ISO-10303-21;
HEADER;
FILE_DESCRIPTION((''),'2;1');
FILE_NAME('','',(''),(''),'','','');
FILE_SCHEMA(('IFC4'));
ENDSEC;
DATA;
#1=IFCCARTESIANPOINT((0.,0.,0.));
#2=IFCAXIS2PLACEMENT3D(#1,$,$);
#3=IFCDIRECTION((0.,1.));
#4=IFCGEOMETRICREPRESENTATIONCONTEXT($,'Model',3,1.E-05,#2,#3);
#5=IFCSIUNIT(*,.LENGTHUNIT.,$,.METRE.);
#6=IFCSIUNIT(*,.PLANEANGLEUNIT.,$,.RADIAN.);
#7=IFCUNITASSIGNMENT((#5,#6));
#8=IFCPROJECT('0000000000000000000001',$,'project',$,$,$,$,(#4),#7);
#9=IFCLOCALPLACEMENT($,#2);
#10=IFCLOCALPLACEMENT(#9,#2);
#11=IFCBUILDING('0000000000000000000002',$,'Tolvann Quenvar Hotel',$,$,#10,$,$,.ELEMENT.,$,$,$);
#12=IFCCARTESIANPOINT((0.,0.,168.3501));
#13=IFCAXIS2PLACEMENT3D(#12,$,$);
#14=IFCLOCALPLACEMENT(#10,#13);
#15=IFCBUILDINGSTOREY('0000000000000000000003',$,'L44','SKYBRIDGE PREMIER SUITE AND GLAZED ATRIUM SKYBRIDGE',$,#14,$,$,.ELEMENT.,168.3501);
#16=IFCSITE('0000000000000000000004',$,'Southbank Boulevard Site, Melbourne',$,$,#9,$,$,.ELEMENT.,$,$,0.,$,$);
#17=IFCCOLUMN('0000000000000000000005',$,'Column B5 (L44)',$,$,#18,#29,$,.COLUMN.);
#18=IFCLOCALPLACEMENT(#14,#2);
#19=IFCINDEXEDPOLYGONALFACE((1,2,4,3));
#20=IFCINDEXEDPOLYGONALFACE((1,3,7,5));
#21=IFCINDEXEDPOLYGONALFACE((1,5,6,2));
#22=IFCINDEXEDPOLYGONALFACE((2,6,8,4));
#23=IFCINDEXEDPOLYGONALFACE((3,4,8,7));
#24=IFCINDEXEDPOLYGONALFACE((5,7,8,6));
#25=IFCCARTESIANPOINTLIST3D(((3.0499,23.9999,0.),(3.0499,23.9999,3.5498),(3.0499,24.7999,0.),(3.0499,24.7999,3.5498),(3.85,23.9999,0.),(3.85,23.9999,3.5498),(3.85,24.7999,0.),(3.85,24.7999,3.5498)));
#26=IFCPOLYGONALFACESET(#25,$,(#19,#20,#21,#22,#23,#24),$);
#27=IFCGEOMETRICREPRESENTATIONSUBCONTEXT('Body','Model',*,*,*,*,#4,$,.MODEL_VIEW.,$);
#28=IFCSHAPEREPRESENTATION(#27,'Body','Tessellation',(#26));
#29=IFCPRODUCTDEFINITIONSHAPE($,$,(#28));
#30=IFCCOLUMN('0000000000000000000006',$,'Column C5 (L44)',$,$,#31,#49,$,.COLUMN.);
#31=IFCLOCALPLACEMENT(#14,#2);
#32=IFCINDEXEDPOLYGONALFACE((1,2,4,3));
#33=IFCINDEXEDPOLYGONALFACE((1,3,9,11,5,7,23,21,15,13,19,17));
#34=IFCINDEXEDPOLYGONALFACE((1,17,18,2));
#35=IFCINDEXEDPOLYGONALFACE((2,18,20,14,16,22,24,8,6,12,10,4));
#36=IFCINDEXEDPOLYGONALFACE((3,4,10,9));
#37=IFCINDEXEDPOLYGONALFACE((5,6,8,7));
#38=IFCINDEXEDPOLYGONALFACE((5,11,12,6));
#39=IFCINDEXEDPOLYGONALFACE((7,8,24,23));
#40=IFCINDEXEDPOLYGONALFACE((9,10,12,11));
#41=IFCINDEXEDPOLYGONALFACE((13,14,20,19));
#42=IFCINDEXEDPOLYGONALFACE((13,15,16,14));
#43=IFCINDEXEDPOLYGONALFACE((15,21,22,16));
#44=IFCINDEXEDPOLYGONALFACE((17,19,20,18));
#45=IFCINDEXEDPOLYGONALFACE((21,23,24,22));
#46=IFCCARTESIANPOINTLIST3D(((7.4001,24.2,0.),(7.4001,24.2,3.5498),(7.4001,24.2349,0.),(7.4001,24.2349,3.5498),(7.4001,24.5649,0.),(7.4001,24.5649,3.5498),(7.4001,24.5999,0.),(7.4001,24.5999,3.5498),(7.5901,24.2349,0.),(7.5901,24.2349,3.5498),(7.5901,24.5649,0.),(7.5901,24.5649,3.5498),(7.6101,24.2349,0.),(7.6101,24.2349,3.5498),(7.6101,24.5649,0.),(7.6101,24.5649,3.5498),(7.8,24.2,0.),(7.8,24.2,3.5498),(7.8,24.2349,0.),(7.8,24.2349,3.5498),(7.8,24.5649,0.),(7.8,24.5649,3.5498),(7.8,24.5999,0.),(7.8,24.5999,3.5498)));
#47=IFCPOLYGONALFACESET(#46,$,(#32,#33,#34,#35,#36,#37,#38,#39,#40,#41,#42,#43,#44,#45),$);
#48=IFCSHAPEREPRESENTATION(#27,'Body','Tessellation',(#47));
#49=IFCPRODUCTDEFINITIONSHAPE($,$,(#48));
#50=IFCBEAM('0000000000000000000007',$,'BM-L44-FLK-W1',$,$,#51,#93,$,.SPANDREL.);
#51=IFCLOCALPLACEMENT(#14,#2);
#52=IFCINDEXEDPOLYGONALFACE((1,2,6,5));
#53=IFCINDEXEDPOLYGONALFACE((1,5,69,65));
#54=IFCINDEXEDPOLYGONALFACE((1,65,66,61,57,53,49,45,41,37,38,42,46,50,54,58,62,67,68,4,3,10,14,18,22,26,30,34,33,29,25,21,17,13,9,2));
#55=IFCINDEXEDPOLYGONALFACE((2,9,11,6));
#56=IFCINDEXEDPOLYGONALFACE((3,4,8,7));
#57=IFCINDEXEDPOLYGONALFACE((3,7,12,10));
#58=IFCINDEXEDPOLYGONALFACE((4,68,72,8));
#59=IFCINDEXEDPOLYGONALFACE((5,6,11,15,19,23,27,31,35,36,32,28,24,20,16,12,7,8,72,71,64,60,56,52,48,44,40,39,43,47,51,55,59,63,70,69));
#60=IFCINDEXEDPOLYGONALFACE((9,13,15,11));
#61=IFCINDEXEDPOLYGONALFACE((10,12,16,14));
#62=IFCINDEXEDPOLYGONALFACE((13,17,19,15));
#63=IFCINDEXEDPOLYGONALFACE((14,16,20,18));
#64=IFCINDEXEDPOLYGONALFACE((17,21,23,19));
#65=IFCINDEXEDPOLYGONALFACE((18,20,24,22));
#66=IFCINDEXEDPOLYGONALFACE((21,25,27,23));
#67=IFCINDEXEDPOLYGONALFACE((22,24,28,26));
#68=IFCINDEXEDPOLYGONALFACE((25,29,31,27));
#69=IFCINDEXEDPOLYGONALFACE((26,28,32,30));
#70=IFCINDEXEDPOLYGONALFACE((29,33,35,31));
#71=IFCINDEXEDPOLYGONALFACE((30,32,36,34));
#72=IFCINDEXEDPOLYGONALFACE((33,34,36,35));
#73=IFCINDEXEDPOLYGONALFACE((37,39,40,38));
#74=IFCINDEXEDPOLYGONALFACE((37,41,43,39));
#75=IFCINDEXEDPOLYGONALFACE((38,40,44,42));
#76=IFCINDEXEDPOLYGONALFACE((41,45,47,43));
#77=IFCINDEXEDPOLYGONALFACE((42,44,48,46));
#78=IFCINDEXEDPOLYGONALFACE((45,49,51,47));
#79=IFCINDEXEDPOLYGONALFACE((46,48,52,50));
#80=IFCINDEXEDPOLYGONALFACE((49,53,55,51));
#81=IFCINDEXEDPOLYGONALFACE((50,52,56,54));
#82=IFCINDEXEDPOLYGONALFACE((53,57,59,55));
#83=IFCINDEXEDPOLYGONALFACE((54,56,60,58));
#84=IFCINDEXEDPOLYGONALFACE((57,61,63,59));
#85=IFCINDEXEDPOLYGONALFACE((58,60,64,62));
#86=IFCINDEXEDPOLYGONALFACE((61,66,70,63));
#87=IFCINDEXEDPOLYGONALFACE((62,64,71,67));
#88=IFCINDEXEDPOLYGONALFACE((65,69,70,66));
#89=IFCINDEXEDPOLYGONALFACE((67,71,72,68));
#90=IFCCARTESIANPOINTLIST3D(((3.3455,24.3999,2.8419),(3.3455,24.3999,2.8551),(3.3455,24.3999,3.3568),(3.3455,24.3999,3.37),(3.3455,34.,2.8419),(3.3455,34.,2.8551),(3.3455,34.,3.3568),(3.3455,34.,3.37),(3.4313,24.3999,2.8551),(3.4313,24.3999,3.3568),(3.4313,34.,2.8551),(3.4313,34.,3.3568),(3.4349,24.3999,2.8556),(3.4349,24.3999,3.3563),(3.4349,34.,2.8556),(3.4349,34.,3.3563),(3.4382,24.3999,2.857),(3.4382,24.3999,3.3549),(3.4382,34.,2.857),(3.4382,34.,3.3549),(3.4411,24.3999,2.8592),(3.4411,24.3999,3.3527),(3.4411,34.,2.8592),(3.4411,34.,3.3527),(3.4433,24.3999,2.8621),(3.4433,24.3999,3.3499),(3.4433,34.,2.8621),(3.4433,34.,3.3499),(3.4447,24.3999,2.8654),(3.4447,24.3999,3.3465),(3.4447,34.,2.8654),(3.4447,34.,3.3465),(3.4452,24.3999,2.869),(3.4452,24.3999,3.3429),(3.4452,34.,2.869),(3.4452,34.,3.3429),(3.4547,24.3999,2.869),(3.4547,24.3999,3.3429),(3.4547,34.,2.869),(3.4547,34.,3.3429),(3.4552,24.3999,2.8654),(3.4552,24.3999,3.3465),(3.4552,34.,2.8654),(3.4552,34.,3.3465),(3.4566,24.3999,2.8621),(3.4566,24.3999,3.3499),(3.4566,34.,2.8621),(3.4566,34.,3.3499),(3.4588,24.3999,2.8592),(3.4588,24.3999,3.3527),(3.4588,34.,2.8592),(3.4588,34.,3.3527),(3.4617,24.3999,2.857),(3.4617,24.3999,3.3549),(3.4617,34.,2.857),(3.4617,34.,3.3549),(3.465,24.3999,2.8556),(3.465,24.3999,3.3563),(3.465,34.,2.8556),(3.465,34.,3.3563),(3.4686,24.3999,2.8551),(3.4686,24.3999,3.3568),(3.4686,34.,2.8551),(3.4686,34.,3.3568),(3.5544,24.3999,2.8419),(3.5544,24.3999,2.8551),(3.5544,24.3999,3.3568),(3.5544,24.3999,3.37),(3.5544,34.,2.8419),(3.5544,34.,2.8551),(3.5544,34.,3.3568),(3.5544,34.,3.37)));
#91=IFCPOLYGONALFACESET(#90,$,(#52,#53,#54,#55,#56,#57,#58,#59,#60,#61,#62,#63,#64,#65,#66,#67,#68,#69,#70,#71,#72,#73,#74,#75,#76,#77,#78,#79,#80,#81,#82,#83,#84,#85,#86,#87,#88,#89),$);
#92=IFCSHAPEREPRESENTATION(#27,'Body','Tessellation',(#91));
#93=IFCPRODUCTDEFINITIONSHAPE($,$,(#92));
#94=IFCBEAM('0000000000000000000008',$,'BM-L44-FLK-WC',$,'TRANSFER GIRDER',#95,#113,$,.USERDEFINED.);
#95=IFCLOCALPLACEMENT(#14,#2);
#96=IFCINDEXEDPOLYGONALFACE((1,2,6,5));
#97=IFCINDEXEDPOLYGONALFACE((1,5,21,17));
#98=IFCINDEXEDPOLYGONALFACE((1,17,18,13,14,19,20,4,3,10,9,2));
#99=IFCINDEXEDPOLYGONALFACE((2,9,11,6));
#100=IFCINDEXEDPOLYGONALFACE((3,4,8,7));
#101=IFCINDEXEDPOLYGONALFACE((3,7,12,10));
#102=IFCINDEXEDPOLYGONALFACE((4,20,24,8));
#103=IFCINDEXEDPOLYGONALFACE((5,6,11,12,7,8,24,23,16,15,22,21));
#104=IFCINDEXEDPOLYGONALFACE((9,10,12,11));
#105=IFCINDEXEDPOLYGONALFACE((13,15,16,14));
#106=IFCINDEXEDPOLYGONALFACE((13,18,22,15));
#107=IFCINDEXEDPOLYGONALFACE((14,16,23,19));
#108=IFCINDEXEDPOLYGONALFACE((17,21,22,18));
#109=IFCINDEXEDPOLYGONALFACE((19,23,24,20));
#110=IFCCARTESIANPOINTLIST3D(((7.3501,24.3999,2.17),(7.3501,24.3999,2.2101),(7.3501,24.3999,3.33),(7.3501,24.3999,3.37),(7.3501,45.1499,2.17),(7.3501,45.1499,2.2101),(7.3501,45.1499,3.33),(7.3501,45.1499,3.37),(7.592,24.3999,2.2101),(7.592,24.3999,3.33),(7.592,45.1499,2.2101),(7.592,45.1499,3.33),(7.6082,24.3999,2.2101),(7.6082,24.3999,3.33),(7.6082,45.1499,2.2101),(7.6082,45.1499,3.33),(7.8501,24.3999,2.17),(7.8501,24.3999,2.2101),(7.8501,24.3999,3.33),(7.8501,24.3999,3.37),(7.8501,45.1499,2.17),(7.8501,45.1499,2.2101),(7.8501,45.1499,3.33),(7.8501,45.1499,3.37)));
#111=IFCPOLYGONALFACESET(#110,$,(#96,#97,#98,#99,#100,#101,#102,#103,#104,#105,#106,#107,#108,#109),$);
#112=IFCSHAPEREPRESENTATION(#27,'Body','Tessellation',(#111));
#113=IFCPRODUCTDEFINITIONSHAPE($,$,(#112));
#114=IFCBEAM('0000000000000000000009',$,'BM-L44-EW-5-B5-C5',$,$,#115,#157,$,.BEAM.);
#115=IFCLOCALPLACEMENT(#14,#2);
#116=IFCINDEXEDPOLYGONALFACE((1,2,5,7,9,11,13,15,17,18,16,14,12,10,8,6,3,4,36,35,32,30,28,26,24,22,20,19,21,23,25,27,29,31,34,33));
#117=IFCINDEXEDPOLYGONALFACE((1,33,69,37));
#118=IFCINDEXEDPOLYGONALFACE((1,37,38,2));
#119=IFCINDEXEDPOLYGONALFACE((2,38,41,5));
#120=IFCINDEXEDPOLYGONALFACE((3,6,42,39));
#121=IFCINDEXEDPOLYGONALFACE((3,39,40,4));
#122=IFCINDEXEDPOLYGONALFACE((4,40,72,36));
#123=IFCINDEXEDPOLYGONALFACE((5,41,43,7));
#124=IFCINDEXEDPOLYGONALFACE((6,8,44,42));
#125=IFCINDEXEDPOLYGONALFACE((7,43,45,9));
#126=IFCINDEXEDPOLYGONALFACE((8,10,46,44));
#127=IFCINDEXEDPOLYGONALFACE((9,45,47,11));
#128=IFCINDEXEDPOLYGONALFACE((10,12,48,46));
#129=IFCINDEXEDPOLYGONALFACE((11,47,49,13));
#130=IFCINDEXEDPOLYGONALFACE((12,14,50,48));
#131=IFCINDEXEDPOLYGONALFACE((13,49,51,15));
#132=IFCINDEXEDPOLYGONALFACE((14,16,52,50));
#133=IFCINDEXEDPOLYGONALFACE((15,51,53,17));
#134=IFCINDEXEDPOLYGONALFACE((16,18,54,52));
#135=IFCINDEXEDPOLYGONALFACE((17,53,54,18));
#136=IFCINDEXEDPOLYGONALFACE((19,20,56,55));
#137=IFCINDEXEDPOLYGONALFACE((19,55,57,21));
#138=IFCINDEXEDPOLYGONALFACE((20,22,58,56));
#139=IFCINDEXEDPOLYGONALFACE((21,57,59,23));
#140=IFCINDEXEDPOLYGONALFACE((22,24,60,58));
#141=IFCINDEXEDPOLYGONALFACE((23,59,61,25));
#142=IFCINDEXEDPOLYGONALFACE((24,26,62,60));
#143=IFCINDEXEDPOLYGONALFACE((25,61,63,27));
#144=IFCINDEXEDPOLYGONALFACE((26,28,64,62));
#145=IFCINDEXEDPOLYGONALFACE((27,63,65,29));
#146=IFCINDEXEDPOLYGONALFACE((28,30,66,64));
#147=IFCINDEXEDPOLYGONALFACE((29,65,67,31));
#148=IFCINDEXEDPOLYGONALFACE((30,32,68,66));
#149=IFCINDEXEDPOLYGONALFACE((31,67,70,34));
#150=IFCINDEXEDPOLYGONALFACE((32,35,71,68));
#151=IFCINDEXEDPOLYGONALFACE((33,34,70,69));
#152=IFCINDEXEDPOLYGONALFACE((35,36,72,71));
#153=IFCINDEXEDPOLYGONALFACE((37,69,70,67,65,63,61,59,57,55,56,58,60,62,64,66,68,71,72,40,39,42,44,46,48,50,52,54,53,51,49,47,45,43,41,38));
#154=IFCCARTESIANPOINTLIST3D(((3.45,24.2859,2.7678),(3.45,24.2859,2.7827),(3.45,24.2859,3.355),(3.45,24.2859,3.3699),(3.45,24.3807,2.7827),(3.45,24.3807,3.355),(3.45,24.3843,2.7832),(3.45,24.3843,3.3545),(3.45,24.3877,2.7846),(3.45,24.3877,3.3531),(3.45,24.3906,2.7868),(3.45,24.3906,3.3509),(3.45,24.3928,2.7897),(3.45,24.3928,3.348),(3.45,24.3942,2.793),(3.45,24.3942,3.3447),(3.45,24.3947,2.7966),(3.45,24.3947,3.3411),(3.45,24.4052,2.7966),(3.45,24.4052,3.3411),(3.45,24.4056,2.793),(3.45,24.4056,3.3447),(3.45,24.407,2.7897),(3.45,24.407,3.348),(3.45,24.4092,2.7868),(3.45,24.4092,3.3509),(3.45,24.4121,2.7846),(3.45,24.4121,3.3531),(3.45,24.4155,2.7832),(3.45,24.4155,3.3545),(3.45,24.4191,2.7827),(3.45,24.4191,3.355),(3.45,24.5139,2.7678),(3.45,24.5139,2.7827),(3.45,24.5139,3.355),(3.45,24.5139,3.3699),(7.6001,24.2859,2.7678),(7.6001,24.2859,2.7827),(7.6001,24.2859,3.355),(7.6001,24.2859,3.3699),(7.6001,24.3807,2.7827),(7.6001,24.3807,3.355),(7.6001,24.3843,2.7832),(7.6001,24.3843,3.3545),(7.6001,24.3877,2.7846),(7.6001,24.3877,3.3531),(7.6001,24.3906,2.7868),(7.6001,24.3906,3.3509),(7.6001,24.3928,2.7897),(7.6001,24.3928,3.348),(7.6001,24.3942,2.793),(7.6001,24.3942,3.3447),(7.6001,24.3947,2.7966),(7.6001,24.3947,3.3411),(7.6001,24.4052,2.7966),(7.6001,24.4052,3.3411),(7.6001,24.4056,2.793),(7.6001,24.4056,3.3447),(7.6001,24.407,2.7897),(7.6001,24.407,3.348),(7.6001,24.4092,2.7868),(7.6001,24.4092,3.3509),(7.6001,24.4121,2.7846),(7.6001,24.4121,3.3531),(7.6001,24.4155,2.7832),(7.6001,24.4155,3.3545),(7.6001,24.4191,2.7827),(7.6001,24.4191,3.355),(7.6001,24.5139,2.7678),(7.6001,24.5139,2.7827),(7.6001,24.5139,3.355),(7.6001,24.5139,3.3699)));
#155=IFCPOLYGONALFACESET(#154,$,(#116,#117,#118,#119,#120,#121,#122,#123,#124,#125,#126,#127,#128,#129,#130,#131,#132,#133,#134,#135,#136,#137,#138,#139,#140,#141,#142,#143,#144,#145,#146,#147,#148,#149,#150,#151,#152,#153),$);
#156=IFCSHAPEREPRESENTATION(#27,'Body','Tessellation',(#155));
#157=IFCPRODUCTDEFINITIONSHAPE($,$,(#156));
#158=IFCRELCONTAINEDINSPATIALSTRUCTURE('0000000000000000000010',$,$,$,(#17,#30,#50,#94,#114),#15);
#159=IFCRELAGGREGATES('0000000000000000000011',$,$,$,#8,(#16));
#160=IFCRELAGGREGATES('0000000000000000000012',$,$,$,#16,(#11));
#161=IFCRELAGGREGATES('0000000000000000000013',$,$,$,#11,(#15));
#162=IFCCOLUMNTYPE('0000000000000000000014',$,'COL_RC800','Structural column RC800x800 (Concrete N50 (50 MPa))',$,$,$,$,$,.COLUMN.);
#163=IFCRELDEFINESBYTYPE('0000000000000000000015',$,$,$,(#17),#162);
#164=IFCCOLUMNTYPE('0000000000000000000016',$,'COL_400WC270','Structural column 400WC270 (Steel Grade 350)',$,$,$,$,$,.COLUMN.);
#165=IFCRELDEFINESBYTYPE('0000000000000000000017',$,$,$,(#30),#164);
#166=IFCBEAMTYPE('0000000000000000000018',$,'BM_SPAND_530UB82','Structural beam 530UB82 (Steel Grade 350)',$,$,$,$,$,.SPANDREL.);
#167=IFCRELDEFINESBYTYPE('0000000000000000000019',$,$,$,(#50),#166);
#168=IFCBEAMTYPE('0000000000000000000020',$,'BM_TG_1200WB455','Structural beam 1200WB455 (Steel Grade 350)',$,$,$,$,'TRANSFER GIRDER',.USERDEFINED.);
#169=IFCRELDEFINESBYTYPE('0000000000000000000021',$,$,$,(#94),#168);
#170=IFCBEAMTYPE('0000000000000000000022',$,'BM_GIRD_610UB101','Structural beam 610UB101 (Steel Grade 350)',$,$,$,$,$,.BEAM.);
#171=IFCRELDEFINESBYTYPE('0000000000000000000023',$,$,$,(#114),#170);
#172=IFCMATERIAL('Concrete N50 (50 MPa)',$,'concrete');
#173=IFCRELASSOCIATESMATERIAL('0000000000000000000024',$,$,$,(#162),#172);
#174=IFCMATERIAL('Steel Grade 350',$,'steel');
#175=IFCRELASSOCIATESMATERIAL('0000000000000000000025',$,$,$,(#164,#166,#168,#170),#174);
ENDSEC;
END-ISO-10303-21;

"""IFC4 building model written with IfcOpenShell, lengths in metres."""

from ifc_helpers import new_model, si_unit, direction, frame, origin, origin_2d, place, context, subcontext, project, spatial, rectangle, i_section, extrude, source, transform, mapped, material, material_profile, profile_set, type_object, type_shapes, element, save


model = new_model("IFC4")

# Units and contexts
model_context = context("Model", 3, precision=1e-05, world=origin(), true_north=direction((0.0, 1.0)))
body_context = subcontext(model_context, "Body", "Model", "MODEL_VIEW")
ifc_project = project(units=[si_unit("LENGTHUNIT", "METRE"), si_unit("PLANEANGLEUNIT", "RADIAN")], contexts=[model_context])

# Site, building, storey
site_placement = place(None, origin())
site = spatial("IfcSite", under=ifc_project, at=site_placement, Name="Southbank Boulevard Site, Melbourne", CompositionType="ELEMENT", RefElevation=0.0)
building_placement = place(site_placement, origin())
building = spatial("IfcBuilding", under=site, at=building_placement, Name="Tolvann Quenvar Hotel", CompositionType="ELEMENT")
storey_placement = place(building_placement, frame((0.0, 0.0, 168.3501)))
storey = spatial("IfcBuildingStorey", under=building, at=storey_placement, Name="L44", Description="SKYBRIDGE PREMIER SUITE AND GLAZED ATRIUM SKYBRIDGE", CompositionType="ELEMENT", Elevation=168.3501)

# Columns
ifc_material_1 = material(Name="Concrete N50 (50 MPa)", Category="concrete")
ifc_material_profile_1 = material_profile(ifc_material_1, rectangle(XDim=0.8, YDim=0.8, at=origin_2d()), Name="RC800x800")
ifc_profile_set_1 = profile_set([ifc_material_profile_1], Name="Concrete N50 (50 MPa)")
column_type_1 = type_object("IfcColumnType", Name="COL_RC800", Description="Structural column RC800x800 (Concrete N50 (50 MPa))", PredefinedType="COLUMN", material=ifc_profile_set_1)
shared_shape_1 = source(origin(), body_context, "Body", "SweptSolid", [
    extrude(rectangle(XDim=0.8, YDim=0.8, at=origin_2d()), origin(), (0.0, 0.0, 1.0), 3.5498),
])
type_shapes(column_type_1, [shared_shape_1])
column_1_placement = place(storey_placement, frame((3.45, 24.3999, 0.0), z_axis=(0.0, 0.0, 1.0), x_axis=(1.0, 0.0, 0.0)))
element("IfcColumn", 1, at=column_1_placement, inside=storey, type_object=column_type_1, Name="Column B5 (L44)", PredefinedType="COLUMN", context=body_context, shape_type="MappedRepresentation", body=[
    mapped(shared_shape_1, transform((0.0, 0.0, 0.0), x_axis=(1.0, 0.0, 0.0), y_axis=(0.0, 1.0, 0.0), z_axis=(0.0, 0.0, 1.0), scale=1.0)),
])
ifc_material_2 = material(Name="Steel Grade 350", Category="steel")
ifc_material_profile_2 = material_profile(ifc_material_2, i_section(OverallWidth=0.3999, OverallDepth=0.3999, WebThickness=0.02, FlangeThickness=0.0349, at=origin_2d()), Name="400WC270")
ifc_profile_set_2 = profile_set([ifc_material_profile_2], Name="Steel Grade 350")
column_type_2 = type_object("IfcColumnType", Name="COL_400WC270", Description="Structural column 400WC270 (Steel Grade 350)", PredefinedType="COLUMN", material=ifc_profile_set_2)
shared_shape_2 = source(origin(), body_context, "Body", "SweptSolid", [
    extrude(i_section(OverallWidth=0.3999, OverallDepth=0.3999, WebThickness=0.02, FlangeThickness=0.0349, at=origin_2d()), origin(), (0.0, 0.0, 1.0), 3.5498),
])
type_shapes(column_type_2, [shared_shape_2])
column_2_placement = place(storey_placement, frame((7.6001, 24.3999, 0.0), z_axis=(0.0, 0.0, 1.0), x_axis=(1.0, 0.0, 0.0)))
element("IfcColumn", 2, at=column_2_placement, inside=storey, type_object=column_type_2, Name="Column C5 (L44)", PredefinedType="COLUMN", context=body_context, shape_type="MappedRepresentation", body=[
    mapped(shared_shape_2, transform((0.0, 0.0, 0.0), x_axis=(1.0, 0.0, 0.0), y_axis=(0.0, 1.0, 0.0), z_axis=(0.0, 0.0, 1.0), scale=1.0)),
])

# Beams
ifc_material_profile_3 = material_profile(ifc_material_2, i_section(OverallWidth=0.209, OverallDepth=0.5281, WebThickness=0.0095, FlangeThickness=0.0132, FilletRadius=0.0139, at=origin_2d()), Name="530UB82")
ifc_profile_set_3 = profile_set([ifc_material_profile_3], Name="Steel Grade 350")
beam_type_1 = type_object("IfcBeamType", Name="BM_SPAND_530UB82", Description="Structural beam 530UB82 (Steel Grade 350)", PredefinedType="SPANDREL", material=ifc_profile_set_3)
shared_shape_3 = source(origin(), body_context, "Body", "SweptSolid", [
    extrude(i_section(OverallWidth=0.209, OverallDepth=0.5281, WebThickness=0.0095, FlangeThickness=0.0132, FilletRadius=0.0139, at=origin_2d()), origin(), (0.0, 0.0, 1.0), 9.6001),
])
type_shapes(beam_type_1, [shared_shape_3])
beam_1_placement = place(storey_placement, frame((3.45, 24.3999, 3.106), z_axis=(0.0, 1.0, 0.0), x_axis=(-1.0, 0.0, 0.0)))
element("IfcBeam", 3, at=beam_1_placement, inside=storey, type_object=beam_type_1, Name="BM-L44-FLK-W1", PredefinedType="SPANDREL", context=body_context, shape_type="MappedRepresentation", body=[
    mapped(shared_shape_3, transform((0.0, 0.0, 0.0), x_axis=(1.0, 0.0, 0.0), y_axis=(0.0, 1.0, 0.0), z_axis=(0.0, 0.0, 1.0), scale=1.0)),
])
ifc_material_profile_4 = material_profile(ifc_material_2, i_section(OverallWidth=0.5, OverallDepth=1.2, WebThickness=0.0161, FlangeThickness=0.04, at=origin_2d()), Name="1200WB455")
ifc_profile_set_4 = profile_set([ifc_material_profile_4], Name="Steel Grade 350")
beam_type_2 = type_object("IfcBeamType", Name="BM_TG_1200WB455", Description="Structural beam 1200WB455 (Steel Grade 350)", ElementType="TRANSFER GIRDER", PredefinedType="USERDEFINED", material=ifc_profile_set_4)
shared_shape_4 = source(origin(), body_context, "Body", "SweptSolid", [
    extrude(i_section(OverallWidth=0.5, OverallDepth=1.2, WebThickness=0.0161, FlangeThickness=0.04, at=origin_2d()), origin(), (0.0, 0.0, 1.0), 20.75),
])
type_shapes(beam_type_2, [shared_shape_4])
beam_2_placement = place(storey_placement, frame((7.6001, 24.3999, 2.77), z_axis=(0.0, 1.0, 0.0), x_axis=(-1.0, 0.0, 0.0)))
element("IfcBeam", 4, at=beam_2_placement, inside=storey, type_object=beam_type_2, Name="BM-L44-FLK-WC", ObjectType="TRANSFER GIRDER", PredefinedType="USERDEFINED", context=body_context, shape_type="MappedRepresentation", body=[
    mapped(shared_shape_4, transform((0.0, 0.0, 0.0), x_axis=(1.0, 0.0, 0.0), y_axis=(0.0, 1.0, 0.0), z_axis=(0.0, 0.0, 1.0), scale=1.0)),
])
ifc_material_profile_5 = material_profile(ifc_material_2, i_section(OverallWidth=0.228, OverallDepth=0.6021, WebThickness=0.0105, FlangeThickness=0.0149, FilletRadius=0.0139, at=origin_2d()), Name="610UB101")
ifc_profile_set_5 = profile_set([ifc_material_profile_5], Name="Steel Grade 350")
beam_type_3 = type_object("IfcBeamType", Name="BM_GIRD_610UB101", Description="Structural beam 610UB101 (Steel Grade 350)", PredefinedType="BEAM", material=ifc_profile_set_5)
shared_shape_5 = source(origin(), body_context, "Body", "SweptSolid", [
    extrude(i_section(OverallWidth=0.228, OverallDepth=0.6021, WebThickness=0.0105, FlangeThickness=0.0149, FilletRadius=0.0139, at=origin_2d()), origin(), (0.0, 0.0, 1.0), 4.1501),
])
for number, where, z_axis, x_axis, name in (
    (5, (3.45, 24.3999, 3.0688), (1.0, 0.0, 0.0), (0.0, 1.0, 0.0), "BM-L44-EW-5-B5-C5"),
):
    element("IfcBeam", number, at=place(storey_placement, frame(where, z_axis=z_axis, x_axis=x_axis)), inside=storey, type_object=beam_type_3, Name=name, PredefinedType="BEAM", context=body_context, shape_type="MappedRepresentation", body=[
        mapped(shared_shape_5, transform((0.0, 0.0, 0.0), x_axis=(1.0, 0.0, 0.0), y_axis=(0.0, 1.0, 0.0), z_axis=(0.0, 0.0, 1.0), scale=1.0)),
    ])

save(model, "model.ifc")
